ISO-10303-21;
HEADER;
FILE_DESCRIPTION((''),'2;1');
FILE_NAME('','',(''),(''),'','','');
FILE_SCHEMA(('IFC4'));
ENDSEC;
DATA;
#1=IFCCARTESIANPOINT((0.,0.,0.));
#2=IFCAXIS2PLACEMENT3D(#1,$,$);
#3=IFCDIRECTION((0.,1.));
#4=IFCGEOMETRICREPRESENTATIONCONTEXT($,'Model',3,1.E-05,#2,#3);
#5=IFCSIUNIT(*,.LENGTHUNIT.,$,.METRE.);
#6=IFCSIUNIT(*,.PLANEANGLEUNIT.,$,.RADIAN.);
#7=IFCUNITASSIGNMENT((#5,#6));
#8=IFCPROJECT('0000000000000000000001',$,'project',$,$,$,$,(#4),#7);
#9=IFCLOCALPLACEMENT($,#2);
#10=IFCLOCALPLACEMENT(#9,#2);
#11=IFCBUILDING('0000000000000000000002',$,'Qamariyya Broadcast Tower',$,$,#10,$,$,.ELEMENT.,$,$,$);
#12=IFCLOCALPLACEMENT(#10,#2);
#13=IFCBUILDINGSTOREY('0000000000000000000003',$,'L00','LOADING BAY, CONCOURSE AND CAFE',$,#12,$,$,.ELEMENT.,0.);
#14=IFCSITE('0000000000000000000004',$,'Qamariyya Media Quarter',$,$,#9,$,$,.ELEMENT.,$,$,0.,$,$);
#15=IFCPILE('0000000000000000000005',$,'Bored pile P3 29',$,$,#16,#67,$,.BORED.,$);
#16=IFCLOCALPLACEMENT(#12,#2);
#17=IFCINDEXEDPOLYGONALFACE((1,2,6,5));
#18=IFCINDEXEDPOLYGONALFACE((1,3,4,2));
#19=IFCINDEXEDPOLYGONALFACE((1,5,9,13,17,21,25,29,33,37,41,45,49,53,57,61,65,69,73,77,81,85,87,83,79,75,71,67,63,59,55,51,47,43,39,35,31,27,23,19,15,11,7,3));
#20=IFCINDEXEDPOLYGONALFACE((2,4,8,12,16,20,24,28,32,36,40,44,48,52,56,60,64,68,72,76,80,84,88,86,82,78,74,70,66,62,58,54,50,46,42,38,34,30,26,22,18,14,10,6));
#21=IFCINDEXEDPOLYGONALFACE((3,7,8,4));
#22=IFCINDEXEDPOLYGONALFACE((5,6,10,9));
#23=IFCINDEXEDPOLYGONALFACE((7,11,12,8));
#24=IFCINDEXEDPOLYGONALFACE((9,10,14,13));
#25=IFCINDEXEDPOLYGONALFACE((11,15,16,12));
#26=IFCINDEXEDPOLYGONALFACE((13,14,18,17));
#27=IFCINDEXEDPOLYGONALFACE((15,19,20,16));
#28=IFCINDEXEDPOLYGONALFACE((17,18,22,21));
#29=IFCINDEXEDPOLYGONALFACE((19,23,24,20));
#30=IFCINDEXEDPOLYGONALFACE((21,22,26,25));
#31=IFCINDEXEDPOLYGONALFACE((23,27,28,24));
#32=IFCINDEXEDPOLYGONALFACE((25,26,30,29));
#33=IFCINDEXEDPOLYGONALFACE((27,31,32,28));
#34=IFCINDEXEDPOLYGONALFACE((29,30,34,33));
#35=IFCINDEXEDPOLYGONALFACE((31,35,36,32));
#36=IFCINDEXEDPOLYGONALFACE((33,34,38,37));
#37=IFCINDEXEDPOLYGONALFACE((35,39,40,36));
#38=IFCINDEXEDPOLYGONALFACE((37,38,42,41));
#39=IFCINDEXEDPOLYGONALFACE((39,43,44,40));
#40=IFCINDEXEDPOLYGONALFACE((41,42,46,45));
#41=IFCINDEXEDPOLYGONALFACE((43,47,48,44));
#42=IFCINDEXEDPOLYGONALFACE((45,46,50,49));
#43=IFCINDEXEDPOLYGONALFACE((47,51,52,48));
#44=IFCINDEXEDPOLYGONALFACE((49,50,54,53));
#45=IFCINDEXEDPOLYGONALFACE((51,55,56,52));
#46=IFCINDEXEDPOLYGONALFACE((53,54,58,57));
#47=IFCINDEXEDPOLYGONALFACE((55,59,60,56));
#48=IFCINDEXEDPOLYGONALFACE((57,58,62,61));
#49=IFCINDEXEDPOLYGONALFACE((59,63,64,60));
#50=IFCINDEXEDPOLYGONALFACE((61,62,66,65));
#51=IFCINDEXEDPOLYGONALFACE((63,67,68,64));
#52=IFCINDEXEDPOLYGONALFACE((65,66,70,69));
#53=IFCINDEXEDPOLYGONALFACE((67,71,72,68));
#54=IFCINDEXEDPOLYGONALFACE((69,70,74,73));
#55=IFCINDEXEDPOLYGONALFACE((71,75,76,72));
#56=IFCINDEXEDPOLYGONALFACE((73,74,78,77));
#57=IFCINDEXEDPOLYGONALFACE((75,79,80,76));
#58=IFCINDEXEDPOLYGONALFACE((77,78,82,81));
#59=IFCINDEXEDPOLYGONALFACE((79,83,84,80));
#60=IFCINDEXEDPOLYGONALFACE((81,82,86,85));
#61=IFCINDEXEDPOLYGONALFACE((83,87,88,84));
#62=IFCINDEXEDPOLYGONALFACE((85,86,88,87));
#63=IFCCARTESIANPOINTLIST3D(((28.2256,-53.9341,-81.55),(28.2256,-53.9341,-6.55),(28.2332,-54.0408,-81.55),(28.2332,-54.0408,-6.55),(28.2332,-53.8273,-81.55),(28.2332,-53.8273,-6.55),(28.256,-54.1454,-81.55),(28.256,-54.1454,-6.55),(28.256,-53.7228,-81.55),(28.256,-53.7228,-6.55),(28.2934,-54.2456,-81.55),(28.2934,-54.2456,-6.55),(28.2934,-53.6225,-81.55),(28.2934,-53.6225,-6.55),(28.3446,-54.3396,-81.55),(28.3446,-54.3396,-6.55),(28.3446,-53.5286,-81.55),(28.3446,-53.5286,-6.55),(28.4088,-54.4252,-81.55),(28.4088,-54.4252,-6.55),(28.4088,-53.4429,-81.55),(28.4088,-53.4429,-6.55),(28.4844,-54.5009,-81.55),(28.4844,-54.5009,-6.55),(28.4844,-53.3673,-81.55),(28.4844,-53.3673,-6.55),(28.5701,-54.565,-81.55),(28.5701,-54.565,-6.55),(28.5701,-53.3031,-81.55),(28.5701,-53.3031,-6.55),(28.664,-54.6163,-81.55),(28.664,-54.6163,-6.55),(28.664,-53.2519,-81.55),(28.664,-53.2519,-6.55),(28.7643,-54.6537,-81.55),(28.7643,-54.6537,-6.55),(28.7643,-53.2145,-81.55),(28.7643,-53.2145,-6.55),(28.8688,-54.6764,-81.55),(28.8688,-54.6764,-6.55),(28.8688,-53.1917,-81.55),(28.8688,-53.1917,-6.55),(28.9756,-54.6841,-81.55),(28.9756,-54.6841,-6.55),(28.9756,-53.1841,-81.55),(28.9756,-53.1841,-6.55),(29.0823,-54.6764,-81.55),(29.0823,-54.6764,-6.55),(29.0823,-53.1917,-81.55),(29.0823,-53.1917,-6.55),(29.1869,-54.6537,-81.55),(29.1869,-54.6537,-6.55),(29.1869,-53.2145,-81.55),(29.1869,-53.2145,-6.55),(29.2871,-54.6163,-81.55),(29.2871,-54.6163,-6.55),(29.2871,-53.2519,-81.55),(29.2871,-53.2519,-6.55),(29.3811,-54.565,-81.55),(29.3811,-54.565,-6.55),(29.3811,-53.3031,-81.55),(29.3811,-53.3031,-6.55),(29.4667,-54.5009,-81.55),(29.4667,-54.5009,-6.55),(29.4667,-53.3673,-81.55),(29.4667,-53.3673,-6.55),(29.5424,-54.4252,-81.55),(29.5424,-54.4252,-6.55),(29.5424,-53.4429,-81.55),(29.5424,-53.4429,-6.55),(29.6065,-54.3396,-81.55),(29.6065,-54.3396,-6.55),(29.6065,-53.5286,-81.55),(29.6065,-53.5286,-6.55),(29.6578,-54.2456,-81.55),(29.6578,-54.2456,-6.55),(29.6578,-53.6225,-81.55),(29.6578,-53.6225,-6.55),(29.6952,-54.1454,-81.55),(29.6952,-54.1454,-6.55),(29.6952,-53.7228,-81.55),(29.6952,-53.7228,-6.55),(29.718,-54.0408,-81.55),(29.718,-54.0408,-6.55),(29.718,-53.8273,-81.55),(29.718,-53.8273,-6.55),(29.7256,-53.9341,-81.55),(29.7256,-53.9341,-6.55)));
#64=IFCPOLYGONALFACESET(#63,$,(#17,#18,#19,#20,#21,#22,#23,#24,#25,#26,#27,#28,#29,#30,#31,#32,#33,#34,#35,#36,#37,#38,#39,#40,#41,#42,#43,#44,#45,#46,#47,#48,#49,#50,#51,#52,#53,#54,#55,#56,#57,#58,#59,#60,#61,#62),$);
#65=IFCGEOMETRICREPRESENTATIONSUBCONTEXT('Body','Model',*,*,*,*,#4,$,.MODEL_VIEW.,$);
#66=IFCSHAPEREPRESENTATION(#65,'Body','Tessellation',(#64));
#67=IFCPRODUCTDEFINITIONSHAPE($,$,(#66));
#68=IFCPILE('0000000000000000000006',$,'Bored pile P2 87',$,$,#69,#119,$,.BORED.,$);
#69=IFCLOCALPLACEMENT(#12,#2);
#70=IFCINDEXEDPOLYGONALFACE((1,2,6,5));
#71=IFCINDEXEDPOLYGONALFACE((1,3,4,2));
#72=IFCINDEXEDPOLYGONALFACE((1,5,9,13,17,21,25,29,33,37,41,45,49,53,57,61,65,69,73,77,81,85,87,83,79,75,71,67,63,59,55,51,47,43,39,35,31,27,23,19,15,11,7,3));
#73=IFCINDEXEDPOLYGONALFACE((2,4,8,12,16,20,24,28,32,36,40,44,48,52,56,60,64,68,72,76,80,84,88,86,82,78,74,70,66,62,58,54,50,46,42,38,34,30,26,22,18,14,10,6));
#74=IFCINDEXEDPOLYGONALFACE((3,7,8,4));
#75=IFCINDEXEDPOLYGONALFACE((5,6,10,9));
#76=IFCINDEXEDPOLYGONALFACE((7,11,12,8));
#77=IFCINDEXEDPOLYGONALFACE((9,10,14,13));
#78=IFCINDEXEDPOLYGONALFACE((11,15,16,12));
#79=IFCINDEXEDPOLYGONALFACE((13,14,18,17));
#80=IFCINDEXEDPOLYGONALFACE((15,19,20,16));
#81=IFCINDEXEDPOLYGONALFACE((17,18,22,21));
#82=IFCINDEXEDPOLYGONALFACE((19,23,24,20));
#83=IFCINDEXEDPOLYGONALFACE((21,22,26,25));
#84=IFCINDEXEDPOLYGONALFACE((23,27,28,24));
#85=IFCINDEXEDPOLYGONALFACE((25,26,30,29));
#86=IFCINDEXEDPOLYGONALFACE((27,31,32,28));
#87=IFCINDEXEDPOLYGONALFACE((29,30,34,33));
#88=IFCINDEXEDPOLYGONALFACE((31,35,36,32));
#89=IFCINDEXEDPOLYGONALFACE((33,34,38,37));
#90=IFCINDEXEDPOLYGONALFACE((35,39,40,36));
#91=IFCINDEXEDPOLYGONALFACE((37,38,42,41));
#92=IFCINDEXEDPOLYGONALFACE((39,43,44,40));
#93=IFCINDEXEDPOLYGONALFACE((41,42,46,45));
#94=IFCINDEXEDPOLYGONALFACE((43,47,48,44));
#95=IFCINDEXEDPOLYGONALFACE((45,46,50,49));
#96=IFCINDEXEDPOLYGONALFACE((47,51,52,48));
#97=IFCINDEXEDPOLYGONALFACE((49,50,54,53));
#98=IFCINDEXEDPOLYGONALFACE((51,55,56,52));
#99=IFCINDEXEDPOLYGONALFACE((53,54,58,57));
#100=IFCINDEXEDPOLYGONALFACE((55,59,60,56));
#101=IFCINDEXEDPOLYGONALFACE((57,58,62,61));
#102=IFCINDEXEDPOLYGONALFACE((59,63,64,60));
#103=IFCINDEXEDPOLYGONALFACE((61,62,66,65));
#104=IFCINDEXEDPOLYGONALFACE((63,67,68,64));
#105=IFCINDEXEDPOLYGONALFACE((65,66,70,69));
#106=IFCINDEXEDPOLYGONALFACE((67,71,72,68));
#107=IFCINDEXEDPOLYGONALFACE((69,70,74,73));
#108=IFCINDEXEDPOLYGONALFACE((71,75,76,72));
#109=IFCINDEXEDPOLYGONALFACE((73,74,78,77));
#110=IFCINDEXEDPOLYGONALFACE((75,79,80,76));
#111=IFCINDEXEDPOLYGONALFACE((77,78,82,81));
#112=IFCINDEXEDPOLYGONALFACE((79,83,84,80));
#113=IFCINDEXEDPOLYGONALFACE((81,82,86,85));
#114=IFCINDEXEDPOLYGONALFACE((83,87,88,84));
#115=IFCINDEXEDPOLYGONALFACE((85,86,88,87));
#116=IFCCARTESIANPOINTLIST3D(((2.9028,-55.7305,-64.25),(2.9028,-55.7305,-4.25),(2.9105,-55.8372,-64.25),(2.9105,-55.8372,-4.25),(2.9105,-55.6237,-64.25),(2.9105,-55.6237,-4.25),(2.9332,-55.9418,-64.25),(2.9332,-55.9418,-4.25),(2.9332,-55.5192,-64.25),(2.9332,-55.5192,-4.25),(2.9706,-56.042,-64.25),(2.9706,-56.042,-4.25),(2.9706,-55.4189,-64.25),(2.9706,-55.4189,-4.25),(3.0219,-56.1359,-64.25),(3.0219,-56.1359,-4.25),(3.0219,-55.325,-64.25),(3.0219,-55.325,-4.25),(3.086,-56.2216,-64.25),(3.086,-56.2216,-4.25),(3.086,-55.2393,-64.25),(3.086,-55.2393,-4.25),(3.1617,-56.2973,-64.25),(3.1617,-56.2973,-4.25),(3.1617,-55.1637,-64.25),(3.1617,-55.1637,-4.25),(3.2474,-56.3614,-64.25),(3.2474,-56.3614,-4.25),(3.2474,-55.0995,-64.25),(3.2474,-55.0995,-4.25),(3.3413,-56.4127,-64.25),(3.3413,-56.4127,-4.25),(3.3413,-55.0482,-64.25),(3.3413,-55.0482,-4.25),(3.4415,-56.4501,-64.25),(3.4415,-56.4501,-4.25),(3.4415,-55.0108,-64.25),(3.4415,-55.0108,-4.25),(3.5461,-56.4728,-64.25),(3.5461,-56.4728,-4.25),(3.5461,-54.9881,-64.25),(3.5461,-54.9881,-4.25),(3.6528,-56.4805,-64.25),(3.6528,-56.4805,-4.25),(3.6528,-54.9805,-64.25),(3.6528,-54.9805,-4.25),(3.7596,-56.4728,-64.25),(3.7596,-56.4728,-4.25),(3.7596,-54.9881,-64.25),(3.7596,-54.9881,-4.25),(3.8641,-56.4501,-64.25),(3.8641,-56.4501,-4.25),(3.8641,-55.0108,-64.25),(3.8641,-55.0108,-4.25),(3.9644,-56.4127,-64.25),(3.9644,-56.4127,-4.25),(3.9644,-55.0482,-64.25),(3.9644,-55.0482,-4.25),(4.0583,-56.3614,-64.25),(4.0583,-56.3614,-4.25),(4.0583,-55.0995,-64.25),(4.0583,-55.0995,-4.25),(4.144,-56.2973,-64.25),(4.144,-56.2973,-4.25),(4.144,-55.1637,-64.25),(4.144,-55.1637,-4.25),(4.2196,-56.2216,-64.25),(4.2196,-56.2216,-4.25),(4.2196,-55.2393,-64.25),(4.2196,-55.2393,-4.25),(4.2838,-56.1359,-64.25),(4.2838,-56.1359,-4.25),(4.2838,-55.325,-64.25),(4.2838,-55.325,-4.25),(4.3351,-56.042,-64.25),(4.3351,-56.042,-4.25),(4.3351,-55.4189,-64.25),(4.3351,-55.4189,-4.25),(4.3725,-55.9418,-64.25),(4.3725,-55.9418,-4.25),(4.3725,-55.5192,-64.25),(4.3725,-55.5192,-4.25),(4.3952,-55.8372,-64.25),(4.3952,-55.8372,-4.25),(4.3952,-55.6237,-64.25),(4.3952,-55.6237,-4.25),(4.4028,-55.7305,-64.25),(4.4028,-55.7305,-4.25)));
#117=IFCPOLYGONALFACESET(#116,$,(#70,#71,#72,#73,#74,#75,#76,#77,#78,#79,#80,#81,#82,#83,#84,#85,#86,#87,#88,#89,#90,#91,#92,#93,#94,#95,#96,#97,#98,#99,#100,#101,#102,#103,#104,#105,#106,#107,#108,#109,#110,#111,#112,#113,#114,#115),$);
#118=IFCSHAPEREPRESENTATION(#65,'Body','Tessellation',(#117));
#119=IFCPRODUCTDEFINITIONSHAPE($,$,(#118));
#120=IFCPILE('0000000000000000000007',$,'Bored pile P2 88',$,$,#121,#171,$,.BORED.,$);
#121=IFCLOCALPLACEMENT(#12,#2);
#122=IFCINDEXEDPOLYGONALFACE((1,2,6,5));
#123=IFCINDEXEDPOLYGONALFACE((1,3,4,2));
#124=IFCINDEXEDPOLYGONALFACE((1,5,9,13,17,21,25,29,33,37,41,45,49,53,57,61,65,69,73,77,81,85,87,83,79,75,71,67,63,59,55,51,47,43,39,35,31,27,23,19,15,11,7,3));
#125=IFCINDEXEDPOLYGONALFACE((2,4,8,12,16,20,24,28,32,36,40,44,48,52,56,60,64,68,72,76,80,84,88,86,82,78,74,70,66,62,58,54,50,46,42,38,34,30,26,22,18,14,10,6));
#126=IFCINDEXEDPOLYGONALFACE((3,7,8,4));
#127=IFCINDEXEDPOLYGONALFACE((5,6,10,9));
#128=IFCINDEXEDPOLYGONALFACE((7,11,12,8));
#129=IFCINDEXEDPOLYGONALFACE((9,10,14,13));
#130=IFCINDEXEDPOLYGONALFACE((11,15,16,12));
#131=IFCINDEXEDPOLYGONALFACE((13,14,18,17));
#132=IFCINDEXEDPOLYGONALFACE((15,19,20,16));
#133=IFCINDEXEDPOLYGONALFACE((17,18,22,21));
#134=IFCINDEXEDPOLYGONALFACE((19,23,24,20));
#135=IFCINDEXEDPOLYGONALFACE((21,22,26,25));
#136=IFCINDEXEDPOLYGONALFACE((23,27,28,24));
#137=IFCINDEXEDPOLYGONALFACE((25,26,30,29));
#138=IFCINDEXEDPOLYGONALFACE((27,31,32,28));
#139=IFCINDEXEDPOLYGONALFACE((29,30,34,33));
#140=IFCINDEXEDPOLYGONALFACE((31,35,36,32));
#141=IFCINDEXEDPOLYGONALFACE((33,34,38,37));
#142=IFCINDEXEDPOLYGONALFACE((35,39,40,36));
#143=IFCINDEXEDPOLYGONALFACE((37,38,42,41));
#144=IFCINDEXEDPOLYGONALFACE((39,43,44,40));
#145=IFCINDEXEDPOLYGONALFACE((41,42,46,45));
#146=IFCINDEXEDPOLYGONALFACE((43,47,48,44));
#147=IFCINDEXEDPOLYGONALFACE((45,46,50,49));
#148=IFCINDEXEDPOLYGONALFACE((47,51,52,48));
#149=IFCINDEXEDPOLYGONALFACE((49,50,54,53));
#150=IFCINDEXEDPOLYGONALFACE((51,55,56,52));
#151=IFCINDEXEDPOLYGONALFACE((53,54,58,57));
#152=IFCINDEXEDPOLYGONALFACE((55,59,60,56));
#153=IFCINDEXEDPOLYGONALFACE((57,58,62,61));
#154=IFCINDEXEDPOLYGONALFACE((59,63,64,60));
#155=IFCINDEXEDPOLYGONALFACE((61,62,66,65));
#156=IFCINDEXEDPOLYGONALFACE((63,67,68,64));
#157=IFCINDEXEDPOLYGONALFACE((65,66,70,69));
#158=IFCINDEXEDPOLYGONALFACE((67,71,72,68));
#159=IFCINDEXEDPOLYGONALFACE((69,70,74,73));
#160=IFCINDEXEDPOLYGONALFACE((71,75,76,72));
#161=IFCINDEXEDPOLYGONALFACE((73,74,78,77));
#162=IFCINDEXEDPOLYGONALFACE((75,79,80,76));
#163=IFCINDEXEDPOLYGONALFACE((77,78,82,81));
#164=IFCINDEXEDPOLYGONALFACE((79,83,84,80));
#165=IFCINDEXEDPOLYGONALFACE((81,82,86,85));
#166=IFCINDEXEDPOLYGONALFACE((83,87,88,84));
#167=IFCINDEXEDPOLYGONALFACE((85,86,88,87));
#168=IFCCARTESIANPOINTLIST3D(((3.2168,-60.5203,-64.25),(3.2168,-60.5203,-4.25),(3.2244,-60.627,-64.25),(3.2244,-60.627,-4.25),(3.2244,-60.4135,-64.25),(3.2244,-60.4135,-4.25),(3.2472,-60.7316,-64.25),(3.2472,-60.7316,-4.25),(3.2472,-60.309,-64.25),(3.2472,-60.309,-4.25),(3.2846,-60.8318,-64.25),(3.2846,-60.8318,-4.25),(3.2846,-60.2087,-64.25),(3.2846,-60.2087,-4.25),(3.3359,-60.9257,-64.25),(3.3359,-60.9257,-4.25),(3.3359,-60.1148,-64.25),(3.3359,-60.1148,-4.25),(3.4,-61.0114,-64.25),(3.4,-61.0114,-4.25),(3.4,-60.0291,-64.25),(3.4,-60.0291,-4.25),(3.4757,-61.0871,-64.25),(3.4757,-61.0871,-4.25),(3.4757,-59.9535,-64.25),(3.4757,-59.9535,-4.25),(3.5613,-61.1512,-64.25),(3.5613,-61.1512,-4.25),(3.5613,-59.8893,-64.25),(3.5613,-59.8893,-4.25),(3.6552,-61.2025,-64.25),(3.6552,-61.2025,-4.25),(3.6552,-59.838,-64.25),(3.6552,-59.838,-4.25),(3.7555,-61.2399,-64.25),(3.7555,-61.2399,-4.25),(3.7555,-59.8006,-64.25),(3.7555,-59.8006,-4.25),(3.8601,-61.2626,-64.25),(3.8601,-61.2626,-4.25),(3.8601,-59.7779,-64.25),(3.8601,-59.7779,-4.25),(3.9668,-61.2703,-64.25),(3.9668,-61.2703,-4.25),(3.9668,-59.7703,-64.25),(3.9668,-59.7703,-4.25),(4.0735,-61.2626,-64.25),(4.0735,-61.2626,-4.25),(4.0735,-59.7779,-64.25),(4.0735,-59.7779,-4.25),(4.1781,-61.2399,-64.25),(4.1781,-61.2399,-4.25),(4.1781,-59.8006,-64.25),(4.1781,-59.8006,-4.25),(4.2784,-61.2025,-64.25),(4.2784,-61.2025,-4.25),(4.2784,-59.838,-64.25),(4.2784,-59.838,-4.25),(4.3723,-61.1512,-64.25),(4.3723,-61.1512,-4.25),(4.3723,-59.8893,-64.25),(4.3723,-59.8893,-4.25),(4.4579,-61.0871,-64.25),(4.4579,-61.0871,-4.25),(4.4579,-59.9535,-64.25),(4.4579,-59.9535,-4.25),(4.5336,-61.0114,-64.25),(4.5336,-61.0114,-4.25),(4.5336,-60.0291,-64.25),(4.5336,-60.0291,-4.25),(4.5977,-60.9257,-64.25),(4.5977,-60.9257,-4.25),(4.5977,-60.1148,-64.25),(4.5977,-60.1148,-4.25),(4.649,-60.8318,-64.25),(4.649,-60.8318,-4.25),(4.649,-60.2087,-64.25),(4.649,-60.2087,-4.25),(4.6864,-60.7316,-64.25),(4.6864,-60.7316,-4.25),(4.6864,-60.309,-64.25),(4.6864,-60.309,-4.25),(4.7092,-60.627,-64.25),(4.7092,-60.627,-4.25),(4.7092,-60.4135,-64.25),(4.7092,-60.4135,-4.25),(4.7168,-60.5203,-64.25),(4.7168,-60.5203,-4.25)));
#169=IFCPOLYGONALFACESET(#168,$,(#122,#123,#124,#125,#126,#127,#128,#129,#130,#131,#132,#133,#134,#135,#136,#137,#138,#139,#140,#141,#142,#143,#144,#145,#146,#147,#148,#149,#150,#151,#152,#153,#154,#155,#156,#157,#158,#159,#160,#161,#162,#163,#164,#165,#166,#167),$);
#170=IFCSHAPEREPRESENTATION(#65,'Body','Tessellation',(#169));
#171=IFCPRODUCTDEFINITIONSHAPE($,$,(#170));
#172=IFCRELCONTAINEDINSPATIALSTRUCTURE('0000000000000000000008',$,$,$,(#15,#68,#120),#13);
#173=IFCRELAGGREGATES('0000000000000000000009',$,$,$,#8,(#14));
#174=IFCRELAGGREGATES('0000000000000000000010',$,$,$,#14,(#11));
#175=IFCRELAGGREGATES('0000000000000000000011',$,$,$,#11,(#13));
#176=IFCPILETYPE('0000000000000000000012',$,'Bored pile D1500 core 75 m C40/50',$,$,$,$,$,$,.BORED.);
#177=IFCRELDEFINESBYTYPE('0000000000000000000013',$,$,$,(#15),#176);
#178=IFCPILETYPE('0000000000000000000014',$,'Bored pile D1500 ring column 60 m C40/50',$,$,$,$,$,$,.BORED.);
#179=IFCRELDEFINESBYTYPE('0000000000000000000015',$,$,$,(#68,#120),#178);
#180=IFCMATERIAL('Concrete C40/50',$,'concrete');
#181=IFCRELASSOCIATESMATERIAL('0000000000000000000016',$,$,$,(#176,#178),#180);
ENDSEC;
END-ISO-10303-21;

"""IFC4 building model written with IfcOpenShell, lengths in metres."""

from ifc_helpers import new_model, si_unit, direction, frame, origin, origin_2d, place, context, subcontext, project, spatial, circle, extrude, material, material_profile, profile_set, type_object, element, save


model = new_model("IFC4")

# Units and contexts
model_context = context("Model", 3, precision=1e-05, world=origin(), true_north=direction((0.0, 1.0)))
body_context = subcontext(model_context, "Body", "Model", "MODEL_VIEW")
ifc_project = project(units=[si_unit("LENGTHUNIT", "METRE"), si_unit("PLANEANGLEUNIT", "RADIAN")], contexts=[model_context])

# Site, building, storey
site_placement = place(None, origin())
site = spatial("IfcSite", under=ifc_project, at=site_placement, Name="Qamariyya Media Quarter", CompositionType="ELEMENT", RefElevation=0.0)
building_placement = place(site_placement, origin())
building = spatial("IfcBuilding", under=site, at=building_placement, Name="Qamariyya Broadcast Tower", CompositionType="ELEMENT")
storey_placement = place(building_placement, origin())
storey = spatial("IfcBuildingStorey", under=building, at=storey_placement, Name="L00", Description="LOADING BAY, CONCOURSE AND CAFE", CompositionType="ELEMENT", Elevation=0.0)

# Piles
ifc_material_1 = material(Name="Concrete C40/50", Category="concrete")
ifc_material_profile_1 = material_profile(ifc_material_1, circle(Radius=0.75, at=origin_2d()))
ifc_profile_set_1 = profile_set([ifc_material_profile_1], Name="Concrete C40/50")
pile_type_1 = type_object("IfcPileType", Name="Bored pile D1500 core 75 m C40/50", PredefinedType="BORED", material=ifc_profile_set_1)
pile_placement = place(storey_placement, frame((28.9756, -53.9341, -6.55), z_axis=(0.0, 0.0, -1.0), x_axis=(1.0, 0.0, 0.0)))
element("IfcPile", 1, at=pile_placement, inside=storey, type_object=pile_type_1, Name="Bored pile P3 29", PredefinedType="BORED", context=body_context, shape_type="SweptSolid", body=[
    extrude(circle(Radius=0.75, at=origin_2d()), origin(), (0.0, 0.0, 1.0), 75.0),
])
ifc_material_profile_2 = material_profile(ifc_material_1, circle(Radius=0.75, at=origin_2d()))
ifc_profile_set_2 = profile_set([ifc_material_profile_2], Name="Concrete C40/50")
pile_type_2 = type_object("IfcPileType", Name="Bored pile D1500 ring column 60 m C40/50", PredefinedType="BORED", material=ifc_profile_set_2)
for number, where, z_axis, x_axis, name in (
    (2, (3.6528, -55.7305, -4.25), (0.0, 0.0, -1.0), (1.0, 0.0, 0.0), "Bored pile P2 87"),
    (3, (3.9668, -60.5203, -4.25), (0.0, 0.0, -1.0), (1.0, 0.0, 0.0), "Bored pile P2 88"),
):
    element("IfcPile", number, at=place(storey_placement, frame(where, z_axis=z_axis, x_axis=x_axis)), inside=storey, type_object=pile_type_2, Name=name, PredefinedType="BORED", context=body_context, shape_type="SweptSolid", body=[
        extrude(circle(Radius=0.75, at=origin_2d()), origin(), (0.0, 0.0, 1.0), 60.0),
    ])

save(model, "model.ifc")
